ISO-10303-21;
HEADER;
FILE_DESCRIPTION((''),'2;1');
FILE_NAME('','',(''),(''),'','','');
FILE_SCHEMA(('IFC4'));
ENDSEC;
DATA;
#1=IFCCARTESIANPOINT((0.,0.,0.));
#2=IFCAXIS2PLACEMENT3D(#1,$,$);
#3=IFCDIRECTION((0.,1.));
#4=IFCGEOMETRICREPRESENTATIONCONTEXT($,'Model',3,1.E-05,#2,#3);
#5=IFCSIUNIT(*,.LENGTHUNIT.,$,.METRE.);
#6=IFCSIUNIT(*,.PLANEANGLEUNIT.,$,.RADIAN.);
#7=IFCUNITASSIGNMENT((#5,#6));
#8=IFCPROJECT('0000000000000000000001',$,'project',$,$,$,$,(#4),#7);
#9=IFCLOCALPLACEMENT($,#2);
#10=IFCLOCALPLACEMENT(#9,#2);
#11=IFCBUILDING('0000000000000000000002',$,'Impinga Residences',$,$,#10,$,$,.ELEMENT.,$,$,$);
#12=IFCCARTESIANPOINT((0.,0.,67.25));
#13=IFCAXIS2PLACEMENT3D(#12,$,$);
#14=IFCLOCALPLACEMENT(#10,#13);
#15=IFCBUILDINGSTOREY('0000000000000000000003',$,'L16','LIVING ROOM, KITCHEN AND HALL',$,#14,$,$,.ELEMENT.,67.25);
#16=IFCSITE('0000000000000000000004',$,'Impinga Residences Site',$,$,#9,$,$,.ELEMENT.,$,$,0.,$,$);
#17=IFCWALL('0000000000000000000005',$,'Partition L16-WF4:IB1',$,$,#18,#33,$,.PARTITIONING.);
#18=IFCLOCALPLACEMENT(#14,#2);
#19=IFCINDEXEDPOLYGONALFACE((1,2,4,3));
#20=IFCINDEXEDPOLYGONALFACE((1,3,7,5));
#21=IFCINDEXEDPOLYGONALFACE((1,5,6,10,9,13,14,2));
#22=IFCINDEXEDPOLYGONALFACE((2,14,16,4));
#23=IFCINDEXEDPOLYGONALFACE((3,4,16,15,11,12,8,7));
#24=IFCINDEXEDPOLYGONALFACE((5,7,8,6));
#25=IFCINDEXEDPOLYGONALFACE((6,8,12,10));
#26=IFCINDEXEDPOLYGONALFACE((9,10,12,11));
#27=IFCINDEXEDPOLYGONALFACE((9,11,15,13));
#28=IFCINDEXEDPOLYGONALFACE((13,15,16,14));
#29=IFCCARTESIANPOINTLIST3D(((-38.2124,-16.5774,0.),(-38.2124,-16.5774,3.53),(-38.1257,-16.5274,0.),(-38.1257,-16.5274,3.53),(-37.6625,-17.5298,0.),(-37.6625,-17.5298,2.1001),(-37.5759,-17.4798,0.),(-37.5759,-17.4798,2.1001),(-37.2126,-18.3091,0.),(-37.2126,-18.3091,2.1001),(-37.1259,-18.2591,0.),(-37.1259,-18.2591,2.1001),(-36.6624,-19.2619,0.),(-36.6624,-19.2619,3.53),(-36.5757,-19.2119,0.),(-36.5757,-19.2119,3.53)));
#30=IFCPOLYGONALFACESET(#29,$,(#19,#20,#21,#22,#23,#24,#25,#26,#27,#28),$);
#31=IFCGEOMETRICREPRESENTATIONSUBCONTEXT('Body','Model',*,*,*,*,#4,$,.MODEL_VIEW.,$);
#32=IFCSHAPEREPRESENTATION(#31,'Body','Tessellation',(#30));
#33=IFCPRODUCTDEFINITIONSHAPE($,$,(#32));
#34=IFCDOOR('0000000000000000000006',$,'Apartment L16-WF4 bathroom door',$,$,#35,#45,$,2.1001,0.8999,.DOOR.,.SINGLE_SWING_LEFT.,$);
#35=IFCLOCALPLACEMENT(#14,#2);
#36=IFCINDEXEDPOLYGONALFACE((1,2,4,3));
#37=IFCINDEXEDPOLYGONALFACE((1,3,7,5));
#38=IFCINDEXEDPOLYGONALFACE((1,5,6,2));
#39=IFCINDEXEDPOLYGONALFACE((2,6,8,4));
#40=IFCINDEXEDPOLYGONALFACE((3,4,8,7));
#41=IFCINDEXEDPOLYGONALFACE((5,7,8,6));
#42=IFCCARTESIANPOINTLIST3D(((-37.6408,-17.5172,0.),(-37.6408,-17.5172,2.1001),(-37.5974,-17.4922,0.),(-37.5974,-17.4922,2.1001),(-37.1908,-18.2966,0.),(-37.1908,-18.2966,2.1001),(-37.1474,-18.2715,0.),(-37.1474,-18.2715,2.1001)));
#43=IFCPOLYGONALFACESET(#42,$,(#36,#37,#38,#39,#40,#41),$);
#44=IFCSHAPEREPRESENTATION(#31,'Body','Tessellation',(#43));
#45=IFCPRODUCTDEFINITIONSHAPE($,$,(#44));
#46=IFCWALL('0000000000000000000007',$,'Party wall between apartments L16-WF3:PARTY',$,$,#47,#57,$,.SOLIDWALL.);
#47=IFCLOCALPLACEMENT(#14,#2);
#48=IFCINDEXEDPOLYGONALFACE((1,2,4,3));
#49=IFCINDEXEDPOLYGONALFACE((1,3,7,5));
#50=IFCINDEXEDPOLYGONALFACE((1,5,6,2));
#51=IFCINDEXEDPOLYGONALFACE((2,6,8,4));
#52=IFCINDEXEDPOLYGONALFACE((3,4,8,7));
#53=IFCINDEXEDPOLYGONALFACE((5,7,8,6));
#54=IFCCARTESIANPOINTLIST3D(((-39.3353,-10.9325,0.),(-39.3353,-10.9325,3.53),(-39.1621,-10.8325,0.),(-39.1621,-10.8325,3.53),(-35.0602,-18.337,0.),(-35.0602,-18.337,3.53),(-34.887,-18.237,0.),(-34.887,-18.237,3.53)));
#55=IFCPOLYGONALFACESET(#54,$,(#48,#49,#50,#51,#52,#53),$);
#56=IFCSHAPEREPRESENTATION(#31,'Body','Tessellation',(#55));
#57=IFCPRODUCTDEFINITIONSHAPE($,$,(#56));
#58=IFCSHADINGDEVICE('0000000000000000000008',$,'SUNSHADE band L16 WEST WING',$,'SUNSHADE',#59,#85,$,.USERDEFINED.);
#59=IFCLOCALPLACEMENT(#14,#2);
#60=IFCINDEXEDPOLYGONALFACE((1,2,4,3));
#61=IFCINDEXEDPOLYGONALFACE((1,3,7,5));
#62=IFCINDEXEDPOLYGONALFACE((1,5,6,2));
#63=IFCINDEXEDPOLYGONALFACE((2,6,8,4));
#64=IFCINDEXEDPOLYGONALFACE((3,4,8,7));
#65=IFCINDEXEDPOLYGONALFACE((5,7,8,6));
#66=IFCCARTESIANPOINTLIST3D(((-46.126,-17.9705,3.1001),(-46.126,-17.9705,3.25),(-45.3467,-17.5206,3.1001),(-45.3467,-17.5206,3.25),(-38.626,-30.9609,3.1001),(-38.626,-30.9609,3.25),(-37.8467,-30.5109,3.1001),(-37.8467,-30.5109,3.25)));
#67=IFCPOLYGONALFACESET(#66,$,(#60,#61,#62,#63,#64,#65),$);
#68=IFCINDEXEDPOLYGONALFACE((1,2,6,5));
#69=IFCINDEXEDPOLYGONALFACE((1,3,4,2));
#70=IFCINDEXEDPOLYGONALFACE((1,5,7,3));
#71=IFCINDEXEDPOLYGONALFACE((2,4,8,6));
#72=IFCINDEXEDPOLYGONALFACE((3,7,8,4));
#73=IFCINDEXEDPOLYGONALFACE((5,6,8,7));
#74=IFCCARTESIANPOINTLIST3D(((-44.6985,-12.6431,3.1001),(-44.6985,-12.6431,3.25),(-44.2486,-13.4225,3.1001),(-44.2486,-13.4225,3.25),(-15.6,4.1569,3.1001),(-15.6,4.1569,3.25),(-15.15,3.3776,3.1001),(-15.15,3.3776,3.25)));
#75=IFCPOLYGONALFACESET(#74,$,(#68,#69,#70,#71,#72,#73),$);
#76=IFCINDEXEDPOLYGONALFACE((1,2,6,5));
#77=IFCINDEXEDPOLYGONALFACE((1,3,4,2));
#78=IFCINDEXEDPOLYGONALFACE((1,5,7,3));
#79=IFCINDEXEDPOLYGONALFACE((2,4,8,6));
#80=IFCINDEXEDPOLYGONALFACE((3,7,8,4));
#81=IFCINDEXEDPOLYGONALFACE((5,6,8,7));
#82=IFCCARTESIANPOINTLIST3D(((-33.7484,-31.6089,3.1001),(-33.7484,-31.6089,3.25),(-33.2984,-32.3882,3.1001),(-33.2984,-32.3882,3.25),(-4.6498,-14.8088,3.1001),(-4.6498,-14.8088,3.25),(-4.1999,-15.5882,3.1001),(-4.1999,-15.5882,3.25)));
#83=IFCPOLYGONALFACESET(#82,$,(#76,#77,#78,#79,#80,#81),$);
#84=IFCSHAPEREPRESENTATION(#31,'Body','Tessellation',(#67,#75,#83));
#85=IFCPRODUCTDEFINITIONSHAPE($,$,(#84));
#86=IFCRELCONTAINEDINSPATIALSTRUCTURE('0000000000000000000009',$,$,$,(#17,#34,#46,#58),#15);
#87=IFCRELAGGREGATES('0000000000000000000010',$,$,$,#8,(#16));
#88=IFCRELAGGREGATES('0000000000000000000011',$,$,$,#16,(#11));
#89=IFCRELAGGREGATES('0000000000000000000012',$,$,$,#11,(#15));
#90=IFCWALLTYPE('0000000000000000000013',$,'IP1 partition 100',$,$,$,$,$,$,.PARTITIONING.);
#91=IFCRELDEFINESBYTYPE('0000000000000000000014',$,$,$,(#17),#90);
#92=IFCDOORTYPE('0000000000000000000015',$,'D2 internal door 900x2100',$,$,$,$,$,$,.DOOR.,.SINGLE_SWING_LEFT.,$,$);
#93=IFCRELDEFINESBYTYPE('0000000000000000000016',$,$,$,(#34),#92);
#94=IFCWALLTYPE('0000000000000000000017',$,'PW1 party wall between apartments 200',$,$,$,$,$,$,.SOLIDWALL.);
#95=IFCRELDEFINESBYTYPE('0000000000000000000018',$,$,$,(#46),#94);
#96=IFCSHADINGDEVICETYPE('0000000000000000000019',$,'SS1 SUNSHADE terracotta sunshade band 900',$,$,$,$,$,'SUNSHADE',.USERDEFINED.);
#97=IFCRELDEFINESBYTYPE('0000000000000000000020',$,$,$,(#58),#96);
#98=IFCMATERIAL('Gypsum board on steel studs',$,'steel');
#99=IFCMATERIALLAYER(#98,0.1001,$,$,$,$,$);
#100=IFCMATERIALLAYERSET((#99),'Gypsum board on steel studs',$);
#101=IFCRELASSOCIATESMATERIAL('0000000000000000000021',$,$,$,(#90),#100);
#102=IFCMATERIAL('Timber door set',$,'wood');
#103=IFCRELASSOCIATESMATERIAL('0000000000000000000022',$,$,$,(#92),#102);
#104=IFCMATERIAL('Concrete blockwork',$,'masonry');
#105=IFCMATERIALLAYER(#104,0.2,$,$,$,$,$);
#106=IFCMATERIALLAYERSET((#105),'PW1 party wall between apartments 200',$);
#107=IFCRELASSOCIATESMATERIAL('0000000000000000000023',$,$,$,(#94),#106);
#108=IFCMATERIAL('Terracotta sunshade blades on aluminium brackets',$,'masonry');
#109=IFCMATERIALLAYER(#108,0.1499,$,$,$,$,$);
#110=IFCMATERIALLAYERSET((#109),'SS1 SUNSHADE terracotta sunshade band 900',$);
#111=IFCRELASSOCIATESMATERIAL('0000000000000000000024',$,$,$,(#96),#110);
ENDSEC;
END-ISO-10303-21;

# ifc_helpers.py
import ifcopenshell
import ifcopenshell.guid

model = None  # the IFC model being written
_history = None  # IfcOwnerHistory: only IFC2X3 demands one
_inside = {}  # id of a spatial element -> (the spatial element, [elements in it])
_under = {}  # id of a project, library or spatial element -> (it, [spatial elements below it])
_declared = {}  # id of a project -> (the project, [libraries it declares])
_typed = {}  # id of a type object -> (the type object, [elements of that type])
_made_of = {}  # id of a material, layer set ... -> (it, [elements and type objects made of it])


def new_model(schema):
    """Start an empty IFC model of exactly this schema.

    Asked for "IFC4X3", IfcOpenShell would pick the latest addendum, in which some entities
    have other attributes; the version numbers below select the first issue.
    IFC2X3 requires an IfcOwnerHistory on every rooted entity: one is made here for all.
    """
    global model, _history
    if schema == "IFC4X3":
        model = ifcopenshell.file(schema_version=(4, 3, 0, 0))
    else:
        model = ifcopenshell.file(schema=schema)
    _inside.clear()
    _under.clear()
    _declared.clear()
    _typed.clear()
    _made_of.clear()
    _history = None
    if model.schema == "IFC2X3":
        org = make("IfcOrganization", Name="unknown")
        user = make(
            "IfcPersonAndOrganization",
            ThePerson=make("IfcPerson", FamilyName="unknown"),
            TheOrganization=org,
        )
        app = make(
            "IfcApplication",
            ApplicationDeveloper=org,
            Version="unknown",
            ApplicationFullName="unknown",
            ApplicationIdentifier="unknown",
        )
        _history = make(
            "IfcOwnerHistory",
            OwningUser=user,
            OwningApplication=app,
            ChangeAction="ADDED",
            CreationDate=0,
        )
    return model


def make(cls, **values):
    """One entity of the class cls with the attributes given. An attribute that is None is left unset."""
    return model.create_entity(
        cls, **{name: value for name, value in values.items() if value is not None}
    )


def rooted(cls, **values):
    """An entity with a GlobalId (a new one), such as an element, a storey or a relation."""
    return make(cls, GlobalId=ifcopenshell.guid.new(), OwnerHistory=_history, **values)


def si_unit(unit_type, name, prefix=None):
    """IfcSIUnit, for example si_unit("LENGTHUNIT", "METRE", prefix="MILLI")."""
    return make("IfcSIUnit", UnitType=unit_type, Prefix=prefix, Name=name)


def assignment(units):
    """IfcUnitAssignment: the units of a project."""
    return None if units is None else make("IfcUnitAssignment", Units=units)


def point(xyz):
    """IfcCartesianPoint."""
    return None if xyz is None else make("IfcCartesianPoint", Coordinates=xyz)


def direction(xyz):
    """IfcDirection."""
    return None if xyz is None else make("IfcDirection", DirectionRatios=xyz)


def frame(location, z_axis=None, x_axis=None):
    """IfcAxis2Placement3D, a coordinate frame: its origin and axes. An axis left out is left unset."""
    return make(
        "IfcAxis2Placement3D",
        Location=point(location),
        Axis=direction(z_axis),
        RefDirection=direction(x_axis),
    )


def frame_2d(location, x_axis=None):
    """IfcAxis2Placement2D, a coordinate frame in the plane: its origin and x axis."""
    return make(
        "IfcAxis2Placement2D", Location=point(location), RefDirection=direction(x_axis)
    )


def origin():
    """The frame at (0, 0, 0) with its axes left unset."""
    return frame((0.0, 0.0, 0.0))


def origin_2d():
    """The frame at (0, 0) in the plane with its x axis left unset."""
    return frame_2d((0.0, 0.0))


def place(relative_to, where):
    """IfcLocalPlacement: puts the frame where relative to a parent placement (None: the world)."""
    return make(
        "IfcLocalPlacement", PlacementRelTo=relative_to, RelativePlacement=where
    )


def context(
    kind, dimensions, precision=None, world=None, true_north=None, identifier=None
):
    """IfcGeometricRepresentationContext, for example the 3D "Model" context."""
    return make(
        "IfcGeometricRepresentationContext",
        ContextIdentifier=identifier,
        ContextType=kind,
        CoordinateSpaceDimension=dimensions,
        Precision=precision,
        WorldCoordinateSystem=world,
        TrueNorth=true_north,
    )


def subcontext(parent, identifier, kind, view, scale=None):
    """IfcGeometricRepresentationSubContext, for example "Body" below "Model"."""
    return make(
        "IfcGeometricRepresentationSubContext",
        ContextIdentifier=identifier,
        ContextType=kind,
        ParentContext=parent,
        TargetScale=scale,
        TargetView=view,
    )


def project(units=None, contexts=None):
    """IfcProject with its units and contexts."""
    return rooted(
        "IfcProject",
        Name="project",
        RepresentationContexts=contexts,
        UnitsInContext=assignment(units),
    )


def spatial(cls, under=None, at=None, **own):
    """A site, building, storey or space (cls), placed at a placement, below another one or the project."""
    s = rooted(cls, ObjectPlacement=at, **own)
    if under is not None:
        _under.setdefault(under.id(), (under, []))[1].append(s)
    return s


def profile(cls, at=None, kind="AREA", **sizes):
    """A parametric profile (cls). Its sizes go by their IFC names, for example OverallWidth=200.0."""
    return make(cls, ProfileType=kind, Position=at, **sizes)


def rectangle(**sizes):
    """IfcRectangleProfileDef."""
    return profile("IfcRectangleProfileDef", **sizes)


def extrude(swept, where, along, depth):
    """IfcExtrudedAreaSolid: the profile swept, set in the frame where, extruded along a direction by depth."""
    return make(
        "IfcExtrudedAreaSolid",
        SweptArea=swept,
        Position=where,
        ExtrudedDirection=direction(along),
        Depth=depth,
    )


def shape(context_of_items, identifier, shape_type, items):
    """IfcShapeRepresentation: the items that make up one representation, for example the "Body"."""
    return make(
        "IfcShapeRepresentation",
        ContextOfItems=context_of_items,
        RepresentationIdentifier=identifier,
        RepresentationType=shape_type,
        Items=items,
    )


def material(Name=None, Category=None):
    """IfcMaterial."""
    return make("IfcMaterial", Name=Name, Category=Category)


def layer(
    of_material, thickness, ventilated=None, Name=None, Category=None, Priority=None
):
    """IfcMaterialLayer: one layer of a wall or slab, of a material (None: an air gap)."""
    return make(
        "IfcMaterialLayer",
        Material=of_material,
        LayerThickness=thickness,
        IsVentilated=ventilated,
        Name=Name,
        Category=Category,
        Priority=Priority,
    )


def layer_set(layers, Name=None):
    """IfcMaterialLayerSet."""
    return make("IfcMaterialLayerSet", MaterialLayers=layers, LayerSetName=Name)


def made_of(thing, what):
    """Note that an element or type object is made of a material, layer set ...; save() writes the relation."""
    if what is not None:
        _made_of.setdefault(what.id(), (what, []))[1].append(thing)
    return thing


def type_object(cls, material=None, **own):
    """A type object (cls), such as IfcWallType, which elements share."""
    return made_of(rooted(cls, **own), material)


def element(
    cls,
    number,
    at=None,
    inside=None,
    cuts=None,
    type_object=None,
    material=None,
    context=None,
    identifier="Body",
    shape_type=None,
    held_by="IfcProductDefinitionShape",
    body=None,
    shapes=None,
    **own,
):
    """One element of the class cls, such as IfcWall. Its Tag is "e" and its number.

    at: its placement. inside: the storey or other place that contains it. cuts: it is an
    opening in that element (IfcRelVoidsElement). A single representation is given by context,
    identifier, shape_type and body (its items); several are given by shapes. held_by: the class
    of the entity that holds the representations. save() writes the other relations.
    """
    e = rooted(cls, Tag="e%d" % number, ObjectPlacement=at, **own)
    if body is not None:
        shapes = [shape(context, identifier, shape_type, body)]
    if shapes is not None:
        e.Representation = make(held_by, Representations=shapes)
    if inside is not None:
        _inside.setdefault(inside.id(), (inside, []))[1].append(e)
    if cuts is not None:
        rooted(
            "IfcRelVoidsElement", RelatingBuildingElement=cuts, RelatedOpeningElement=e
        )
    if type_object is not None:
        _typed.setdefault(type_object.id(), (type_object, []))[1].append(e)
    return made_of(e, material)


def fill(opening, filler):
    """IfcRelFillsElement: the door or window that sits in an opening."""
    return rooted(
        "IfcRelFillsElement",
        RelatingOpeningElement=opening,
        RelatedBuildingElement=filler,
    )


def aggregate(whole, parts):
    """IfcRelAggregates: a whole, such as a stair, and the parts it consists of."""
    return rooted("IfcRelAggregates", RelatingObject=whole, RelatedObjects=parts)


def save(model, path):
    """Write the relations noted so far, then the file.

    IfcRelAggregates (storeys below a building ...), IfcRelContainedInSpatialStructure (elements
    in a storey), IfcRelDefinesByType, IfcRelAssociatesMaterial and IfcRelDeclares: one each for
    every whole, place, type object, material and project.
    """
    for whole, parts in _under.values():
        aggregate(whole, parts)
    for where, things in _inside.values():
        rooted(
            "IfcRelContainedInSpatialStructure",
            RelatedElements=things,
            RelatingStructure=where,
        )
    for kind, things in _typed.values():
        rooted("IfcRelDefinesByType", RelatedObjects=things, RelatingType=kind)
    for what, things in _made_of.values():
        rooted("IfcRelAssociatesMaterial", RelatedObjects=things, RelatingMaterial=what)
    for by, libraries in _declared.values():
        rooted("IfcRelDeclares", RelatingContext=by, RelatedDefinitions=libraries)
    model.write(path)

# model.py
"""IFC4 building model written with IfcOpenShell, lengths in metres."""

from ifc_helpers import new_model, si_unit, direction, frame, frame_2d, origin, origin_2d, place, context, subcontext, project, spatial, rectangle, extrude, material, layer, layer_set, type_object, element, fill, save


model = new_model("IFC4")

# Units and contexts
model_context = context("Model", 3, precision=1e-05, world=origin(), true_north=direction((0.0, 1.0)))
body_context = subcontext(model_context, "Body", "Model", "MODEL_VIEW")
ifc_project = project(units=[si_unit("LENGTHUNIT", "METRE"), si_unit("PLANEANGLEUNIT", "RADIAN")], contexts=[model_context])

# Site, building, storey
site_placement = place(None, origin())
site = spatial("IfcSite", under=ifc_project, at=site_placement, Name="Impinga Residences Site", CompositionType="ELEMENT", RefElevation=0.0)
building_placement = place(site_placement, origin())
building = spatial("IfcBuilding", under=site, at=building_placement, Name="Impinga Residences", CompositionType="ELEMENT")
storey_placement = place(building_placement, frame((0.0, 0.0, 67.25)))
storey = spatial("IfcBuildingStorey", under=building, at=storey_placement, Name="L16", Description="LIVING ROOM, KITCHEN AND HALL", CompositionType="ELEMENT", Elevation=67.25)

# Shared definitions
ifc_material_1 = material(Name="Gypsum board on steel studs", Category="steel")
ifc_layer_1 = layer(ifc_material_1, 0.1001)
ifc_layer_set_1 = layer_set([ifc_layer_1], Name="Gypsum board on steel studs")
wall_type_1 = type_object("IfcWallType", Name="IP1 partition 100", PredefinedType="PARTITIONING", material=ifc_layer_set_1)

# Wall, opening, door
ifc_material_2 = material(Name="Timber door set", Category="wood")
door_type = type_object("IfcDoorType", Name="D2 internal door 900x2100", OperationType="SINGLE_SWING_LEFT", PredefinedType="DOOR", material=ifc_material_2)
wall_1_placement = place(storey_placement, frame((-36.6191, -19.2368, 0.0), z_axis=(0.0, 0.0, 1.0), x_axis=(-0.500027, 0.86601, 0.0)))
wall_1 = element("IfcWall", 1, at=wall_1_placement, inside=storey, type_object=wall_type_1, Name="Partition L16-WF4:IB1", PredefinedType="PARTITIONING", context=body_context, shape_type="SweptSolid", body=[
    extrude(rectangle(XDim=3.0999, YDim=0.1001, at=frame_2d((1.5498, 0.0))), origin(), (0.0, 0.0, 1.0), 3.53),
])
opening_1_placement = place(wall_1_placement, frame((1.1001, 0.0, 0.0)))
opening_1 = element("IfcOpeningElement", 2, at=opening_1_placement, cuts=wall_1, PredefinedType="OPENING", context=body_context, shape_type="SweptSolid", body=[
    extrude(rectangle(XDim=0.8999, YDim=2.1001, at=frame_2d((0.45, 1.05))), frame((0.0, 0.0601, 0.0), z_axis=(0.0, -1.0, 0.0), x_axis=(1.0, 0.0, 0.0)), (0.0, 0.0, 1.0), 0.1201),
])
door_1_placement = place(opening_1_placement, origin())
door_1 = element("IfcDoor", 3, at=door_1_placement, inside=storey, type_object=door_type, Name="Apartment L16-WF4 bathroom door", OperationType="SINGLE_SWING_LEFT", OverallHeight=2.1001, OverallWidth=0.8999, PredefinedType="DOOR", context=body_context, shape_type="SweptSolid", body=[
    extrude(rectangle(XDim=0.8999, YDim=2.1001, at=frame_2d((0.45, 1.05))), frame((0.0, 0.0249, 0.0), z_axis=(0.0, -1.0, 0.0), x_axis=(1.0, 0.0, 0.0)), (0.0, 0.0, 1.0), 0.05),
])
fill(opening_1, door_1)

# Wall
ifc_material_3 = material(Name="Concrete blockwork", Category="masonry")
ifc_layer_2 = layer(ifc_material_3, 0.2)
ifc_layer_set_2 = layer_set([ifc_layer_2], Name="PW1 party wall between apartments 200")
wall_type_2 = type_object("IfcWallType", Name="PW1 party wall between apartments 200", PredefinedType="SOLIDWALL", material=ifc_layer_set_2)
wall_2_placement = place(storey_placement, frame((-34.9736, -18.2869, 0.0), z_axis=(0.0, 0.0, 1.0), x_axis=(-0.500012, 0.866019, 0.0)))
element("IfcWall", 4, at=wall_2_placement, inside=storey, type_object=wall_type_2, Name="Party wall between apartments L16-WF3:PARTY", PredefinedType="SOLIDWALL", context=body_context, shape_type="SweptSolid", body=[
    extrude(rectangle(XDim=8.55, YDim=0.2, at=frame_2d((4.2749, 0.0))), origin(), (0.0, 0.0, 1.0), 3.53),
])

# Shading device
ifc_material_4 = material(Name="Terracotta sunshade blades on aluminium brackets", Category="masonry")
ifc_layer_3 = layer(ifc_material_4, 0.1499)
ifc_layer_set_3 = layer_set([ifc_layer_3], Name="SS1 SUNSHADE terracotta sunshade band 900")
shading_device_type = type_object("IfcShadingDeviceType", Name="SS1 SUNSHADE terracotta sunshade band 900", ElementType="SUNSHADE", PredefinedType="USERDEFINED", material=ifc_layer_set_3)
shading_device_placement = place(storey_placement, frame((-41.9863, -24.2407, 3.1001), z_axis=(0.0, 0.0, 1.0), x_axis=(-0.5, 0.866025, 0.0)))
element("IfcShadingDevice", 5, at=shading_device_placement, inside=storey, type_object=shading_device_type, Name="SUNSHADE band L16 WEST WING", ObjectType="SUNSHADE", PredefinedType="USERDEFINED", context=body_context, shape_type="SweptSolid", body=[
    extrude(rectangle(XDim=15.0, YDim=0.8999, at=origin_2d()), origin(), (0.0, 0.0, 1.0), 0.1499),
    extrude(rectangle(XDim=33.6001, YDim=0.8999, at=origin_2d()), frame((10.95, -20.25, 0.0), z_axis=(0.0, 0.0, 1.0), x_axis=(0.0, -1.0, 0.0)), (0.0, 0.0, 1.0), 0.1499),
    extrude(rectangle(XDim=33.6001, YDim=0.8999, at=origin_2d()), frame((-10.95, -20.2502, 0.0), z_axis=(0.0, 0.0, 1.0), x_axis=(0.0, 1.0, 0.0)), (0.0, 0.0, 1.0), 0.1499),
])

save(model, "model.ifc")
